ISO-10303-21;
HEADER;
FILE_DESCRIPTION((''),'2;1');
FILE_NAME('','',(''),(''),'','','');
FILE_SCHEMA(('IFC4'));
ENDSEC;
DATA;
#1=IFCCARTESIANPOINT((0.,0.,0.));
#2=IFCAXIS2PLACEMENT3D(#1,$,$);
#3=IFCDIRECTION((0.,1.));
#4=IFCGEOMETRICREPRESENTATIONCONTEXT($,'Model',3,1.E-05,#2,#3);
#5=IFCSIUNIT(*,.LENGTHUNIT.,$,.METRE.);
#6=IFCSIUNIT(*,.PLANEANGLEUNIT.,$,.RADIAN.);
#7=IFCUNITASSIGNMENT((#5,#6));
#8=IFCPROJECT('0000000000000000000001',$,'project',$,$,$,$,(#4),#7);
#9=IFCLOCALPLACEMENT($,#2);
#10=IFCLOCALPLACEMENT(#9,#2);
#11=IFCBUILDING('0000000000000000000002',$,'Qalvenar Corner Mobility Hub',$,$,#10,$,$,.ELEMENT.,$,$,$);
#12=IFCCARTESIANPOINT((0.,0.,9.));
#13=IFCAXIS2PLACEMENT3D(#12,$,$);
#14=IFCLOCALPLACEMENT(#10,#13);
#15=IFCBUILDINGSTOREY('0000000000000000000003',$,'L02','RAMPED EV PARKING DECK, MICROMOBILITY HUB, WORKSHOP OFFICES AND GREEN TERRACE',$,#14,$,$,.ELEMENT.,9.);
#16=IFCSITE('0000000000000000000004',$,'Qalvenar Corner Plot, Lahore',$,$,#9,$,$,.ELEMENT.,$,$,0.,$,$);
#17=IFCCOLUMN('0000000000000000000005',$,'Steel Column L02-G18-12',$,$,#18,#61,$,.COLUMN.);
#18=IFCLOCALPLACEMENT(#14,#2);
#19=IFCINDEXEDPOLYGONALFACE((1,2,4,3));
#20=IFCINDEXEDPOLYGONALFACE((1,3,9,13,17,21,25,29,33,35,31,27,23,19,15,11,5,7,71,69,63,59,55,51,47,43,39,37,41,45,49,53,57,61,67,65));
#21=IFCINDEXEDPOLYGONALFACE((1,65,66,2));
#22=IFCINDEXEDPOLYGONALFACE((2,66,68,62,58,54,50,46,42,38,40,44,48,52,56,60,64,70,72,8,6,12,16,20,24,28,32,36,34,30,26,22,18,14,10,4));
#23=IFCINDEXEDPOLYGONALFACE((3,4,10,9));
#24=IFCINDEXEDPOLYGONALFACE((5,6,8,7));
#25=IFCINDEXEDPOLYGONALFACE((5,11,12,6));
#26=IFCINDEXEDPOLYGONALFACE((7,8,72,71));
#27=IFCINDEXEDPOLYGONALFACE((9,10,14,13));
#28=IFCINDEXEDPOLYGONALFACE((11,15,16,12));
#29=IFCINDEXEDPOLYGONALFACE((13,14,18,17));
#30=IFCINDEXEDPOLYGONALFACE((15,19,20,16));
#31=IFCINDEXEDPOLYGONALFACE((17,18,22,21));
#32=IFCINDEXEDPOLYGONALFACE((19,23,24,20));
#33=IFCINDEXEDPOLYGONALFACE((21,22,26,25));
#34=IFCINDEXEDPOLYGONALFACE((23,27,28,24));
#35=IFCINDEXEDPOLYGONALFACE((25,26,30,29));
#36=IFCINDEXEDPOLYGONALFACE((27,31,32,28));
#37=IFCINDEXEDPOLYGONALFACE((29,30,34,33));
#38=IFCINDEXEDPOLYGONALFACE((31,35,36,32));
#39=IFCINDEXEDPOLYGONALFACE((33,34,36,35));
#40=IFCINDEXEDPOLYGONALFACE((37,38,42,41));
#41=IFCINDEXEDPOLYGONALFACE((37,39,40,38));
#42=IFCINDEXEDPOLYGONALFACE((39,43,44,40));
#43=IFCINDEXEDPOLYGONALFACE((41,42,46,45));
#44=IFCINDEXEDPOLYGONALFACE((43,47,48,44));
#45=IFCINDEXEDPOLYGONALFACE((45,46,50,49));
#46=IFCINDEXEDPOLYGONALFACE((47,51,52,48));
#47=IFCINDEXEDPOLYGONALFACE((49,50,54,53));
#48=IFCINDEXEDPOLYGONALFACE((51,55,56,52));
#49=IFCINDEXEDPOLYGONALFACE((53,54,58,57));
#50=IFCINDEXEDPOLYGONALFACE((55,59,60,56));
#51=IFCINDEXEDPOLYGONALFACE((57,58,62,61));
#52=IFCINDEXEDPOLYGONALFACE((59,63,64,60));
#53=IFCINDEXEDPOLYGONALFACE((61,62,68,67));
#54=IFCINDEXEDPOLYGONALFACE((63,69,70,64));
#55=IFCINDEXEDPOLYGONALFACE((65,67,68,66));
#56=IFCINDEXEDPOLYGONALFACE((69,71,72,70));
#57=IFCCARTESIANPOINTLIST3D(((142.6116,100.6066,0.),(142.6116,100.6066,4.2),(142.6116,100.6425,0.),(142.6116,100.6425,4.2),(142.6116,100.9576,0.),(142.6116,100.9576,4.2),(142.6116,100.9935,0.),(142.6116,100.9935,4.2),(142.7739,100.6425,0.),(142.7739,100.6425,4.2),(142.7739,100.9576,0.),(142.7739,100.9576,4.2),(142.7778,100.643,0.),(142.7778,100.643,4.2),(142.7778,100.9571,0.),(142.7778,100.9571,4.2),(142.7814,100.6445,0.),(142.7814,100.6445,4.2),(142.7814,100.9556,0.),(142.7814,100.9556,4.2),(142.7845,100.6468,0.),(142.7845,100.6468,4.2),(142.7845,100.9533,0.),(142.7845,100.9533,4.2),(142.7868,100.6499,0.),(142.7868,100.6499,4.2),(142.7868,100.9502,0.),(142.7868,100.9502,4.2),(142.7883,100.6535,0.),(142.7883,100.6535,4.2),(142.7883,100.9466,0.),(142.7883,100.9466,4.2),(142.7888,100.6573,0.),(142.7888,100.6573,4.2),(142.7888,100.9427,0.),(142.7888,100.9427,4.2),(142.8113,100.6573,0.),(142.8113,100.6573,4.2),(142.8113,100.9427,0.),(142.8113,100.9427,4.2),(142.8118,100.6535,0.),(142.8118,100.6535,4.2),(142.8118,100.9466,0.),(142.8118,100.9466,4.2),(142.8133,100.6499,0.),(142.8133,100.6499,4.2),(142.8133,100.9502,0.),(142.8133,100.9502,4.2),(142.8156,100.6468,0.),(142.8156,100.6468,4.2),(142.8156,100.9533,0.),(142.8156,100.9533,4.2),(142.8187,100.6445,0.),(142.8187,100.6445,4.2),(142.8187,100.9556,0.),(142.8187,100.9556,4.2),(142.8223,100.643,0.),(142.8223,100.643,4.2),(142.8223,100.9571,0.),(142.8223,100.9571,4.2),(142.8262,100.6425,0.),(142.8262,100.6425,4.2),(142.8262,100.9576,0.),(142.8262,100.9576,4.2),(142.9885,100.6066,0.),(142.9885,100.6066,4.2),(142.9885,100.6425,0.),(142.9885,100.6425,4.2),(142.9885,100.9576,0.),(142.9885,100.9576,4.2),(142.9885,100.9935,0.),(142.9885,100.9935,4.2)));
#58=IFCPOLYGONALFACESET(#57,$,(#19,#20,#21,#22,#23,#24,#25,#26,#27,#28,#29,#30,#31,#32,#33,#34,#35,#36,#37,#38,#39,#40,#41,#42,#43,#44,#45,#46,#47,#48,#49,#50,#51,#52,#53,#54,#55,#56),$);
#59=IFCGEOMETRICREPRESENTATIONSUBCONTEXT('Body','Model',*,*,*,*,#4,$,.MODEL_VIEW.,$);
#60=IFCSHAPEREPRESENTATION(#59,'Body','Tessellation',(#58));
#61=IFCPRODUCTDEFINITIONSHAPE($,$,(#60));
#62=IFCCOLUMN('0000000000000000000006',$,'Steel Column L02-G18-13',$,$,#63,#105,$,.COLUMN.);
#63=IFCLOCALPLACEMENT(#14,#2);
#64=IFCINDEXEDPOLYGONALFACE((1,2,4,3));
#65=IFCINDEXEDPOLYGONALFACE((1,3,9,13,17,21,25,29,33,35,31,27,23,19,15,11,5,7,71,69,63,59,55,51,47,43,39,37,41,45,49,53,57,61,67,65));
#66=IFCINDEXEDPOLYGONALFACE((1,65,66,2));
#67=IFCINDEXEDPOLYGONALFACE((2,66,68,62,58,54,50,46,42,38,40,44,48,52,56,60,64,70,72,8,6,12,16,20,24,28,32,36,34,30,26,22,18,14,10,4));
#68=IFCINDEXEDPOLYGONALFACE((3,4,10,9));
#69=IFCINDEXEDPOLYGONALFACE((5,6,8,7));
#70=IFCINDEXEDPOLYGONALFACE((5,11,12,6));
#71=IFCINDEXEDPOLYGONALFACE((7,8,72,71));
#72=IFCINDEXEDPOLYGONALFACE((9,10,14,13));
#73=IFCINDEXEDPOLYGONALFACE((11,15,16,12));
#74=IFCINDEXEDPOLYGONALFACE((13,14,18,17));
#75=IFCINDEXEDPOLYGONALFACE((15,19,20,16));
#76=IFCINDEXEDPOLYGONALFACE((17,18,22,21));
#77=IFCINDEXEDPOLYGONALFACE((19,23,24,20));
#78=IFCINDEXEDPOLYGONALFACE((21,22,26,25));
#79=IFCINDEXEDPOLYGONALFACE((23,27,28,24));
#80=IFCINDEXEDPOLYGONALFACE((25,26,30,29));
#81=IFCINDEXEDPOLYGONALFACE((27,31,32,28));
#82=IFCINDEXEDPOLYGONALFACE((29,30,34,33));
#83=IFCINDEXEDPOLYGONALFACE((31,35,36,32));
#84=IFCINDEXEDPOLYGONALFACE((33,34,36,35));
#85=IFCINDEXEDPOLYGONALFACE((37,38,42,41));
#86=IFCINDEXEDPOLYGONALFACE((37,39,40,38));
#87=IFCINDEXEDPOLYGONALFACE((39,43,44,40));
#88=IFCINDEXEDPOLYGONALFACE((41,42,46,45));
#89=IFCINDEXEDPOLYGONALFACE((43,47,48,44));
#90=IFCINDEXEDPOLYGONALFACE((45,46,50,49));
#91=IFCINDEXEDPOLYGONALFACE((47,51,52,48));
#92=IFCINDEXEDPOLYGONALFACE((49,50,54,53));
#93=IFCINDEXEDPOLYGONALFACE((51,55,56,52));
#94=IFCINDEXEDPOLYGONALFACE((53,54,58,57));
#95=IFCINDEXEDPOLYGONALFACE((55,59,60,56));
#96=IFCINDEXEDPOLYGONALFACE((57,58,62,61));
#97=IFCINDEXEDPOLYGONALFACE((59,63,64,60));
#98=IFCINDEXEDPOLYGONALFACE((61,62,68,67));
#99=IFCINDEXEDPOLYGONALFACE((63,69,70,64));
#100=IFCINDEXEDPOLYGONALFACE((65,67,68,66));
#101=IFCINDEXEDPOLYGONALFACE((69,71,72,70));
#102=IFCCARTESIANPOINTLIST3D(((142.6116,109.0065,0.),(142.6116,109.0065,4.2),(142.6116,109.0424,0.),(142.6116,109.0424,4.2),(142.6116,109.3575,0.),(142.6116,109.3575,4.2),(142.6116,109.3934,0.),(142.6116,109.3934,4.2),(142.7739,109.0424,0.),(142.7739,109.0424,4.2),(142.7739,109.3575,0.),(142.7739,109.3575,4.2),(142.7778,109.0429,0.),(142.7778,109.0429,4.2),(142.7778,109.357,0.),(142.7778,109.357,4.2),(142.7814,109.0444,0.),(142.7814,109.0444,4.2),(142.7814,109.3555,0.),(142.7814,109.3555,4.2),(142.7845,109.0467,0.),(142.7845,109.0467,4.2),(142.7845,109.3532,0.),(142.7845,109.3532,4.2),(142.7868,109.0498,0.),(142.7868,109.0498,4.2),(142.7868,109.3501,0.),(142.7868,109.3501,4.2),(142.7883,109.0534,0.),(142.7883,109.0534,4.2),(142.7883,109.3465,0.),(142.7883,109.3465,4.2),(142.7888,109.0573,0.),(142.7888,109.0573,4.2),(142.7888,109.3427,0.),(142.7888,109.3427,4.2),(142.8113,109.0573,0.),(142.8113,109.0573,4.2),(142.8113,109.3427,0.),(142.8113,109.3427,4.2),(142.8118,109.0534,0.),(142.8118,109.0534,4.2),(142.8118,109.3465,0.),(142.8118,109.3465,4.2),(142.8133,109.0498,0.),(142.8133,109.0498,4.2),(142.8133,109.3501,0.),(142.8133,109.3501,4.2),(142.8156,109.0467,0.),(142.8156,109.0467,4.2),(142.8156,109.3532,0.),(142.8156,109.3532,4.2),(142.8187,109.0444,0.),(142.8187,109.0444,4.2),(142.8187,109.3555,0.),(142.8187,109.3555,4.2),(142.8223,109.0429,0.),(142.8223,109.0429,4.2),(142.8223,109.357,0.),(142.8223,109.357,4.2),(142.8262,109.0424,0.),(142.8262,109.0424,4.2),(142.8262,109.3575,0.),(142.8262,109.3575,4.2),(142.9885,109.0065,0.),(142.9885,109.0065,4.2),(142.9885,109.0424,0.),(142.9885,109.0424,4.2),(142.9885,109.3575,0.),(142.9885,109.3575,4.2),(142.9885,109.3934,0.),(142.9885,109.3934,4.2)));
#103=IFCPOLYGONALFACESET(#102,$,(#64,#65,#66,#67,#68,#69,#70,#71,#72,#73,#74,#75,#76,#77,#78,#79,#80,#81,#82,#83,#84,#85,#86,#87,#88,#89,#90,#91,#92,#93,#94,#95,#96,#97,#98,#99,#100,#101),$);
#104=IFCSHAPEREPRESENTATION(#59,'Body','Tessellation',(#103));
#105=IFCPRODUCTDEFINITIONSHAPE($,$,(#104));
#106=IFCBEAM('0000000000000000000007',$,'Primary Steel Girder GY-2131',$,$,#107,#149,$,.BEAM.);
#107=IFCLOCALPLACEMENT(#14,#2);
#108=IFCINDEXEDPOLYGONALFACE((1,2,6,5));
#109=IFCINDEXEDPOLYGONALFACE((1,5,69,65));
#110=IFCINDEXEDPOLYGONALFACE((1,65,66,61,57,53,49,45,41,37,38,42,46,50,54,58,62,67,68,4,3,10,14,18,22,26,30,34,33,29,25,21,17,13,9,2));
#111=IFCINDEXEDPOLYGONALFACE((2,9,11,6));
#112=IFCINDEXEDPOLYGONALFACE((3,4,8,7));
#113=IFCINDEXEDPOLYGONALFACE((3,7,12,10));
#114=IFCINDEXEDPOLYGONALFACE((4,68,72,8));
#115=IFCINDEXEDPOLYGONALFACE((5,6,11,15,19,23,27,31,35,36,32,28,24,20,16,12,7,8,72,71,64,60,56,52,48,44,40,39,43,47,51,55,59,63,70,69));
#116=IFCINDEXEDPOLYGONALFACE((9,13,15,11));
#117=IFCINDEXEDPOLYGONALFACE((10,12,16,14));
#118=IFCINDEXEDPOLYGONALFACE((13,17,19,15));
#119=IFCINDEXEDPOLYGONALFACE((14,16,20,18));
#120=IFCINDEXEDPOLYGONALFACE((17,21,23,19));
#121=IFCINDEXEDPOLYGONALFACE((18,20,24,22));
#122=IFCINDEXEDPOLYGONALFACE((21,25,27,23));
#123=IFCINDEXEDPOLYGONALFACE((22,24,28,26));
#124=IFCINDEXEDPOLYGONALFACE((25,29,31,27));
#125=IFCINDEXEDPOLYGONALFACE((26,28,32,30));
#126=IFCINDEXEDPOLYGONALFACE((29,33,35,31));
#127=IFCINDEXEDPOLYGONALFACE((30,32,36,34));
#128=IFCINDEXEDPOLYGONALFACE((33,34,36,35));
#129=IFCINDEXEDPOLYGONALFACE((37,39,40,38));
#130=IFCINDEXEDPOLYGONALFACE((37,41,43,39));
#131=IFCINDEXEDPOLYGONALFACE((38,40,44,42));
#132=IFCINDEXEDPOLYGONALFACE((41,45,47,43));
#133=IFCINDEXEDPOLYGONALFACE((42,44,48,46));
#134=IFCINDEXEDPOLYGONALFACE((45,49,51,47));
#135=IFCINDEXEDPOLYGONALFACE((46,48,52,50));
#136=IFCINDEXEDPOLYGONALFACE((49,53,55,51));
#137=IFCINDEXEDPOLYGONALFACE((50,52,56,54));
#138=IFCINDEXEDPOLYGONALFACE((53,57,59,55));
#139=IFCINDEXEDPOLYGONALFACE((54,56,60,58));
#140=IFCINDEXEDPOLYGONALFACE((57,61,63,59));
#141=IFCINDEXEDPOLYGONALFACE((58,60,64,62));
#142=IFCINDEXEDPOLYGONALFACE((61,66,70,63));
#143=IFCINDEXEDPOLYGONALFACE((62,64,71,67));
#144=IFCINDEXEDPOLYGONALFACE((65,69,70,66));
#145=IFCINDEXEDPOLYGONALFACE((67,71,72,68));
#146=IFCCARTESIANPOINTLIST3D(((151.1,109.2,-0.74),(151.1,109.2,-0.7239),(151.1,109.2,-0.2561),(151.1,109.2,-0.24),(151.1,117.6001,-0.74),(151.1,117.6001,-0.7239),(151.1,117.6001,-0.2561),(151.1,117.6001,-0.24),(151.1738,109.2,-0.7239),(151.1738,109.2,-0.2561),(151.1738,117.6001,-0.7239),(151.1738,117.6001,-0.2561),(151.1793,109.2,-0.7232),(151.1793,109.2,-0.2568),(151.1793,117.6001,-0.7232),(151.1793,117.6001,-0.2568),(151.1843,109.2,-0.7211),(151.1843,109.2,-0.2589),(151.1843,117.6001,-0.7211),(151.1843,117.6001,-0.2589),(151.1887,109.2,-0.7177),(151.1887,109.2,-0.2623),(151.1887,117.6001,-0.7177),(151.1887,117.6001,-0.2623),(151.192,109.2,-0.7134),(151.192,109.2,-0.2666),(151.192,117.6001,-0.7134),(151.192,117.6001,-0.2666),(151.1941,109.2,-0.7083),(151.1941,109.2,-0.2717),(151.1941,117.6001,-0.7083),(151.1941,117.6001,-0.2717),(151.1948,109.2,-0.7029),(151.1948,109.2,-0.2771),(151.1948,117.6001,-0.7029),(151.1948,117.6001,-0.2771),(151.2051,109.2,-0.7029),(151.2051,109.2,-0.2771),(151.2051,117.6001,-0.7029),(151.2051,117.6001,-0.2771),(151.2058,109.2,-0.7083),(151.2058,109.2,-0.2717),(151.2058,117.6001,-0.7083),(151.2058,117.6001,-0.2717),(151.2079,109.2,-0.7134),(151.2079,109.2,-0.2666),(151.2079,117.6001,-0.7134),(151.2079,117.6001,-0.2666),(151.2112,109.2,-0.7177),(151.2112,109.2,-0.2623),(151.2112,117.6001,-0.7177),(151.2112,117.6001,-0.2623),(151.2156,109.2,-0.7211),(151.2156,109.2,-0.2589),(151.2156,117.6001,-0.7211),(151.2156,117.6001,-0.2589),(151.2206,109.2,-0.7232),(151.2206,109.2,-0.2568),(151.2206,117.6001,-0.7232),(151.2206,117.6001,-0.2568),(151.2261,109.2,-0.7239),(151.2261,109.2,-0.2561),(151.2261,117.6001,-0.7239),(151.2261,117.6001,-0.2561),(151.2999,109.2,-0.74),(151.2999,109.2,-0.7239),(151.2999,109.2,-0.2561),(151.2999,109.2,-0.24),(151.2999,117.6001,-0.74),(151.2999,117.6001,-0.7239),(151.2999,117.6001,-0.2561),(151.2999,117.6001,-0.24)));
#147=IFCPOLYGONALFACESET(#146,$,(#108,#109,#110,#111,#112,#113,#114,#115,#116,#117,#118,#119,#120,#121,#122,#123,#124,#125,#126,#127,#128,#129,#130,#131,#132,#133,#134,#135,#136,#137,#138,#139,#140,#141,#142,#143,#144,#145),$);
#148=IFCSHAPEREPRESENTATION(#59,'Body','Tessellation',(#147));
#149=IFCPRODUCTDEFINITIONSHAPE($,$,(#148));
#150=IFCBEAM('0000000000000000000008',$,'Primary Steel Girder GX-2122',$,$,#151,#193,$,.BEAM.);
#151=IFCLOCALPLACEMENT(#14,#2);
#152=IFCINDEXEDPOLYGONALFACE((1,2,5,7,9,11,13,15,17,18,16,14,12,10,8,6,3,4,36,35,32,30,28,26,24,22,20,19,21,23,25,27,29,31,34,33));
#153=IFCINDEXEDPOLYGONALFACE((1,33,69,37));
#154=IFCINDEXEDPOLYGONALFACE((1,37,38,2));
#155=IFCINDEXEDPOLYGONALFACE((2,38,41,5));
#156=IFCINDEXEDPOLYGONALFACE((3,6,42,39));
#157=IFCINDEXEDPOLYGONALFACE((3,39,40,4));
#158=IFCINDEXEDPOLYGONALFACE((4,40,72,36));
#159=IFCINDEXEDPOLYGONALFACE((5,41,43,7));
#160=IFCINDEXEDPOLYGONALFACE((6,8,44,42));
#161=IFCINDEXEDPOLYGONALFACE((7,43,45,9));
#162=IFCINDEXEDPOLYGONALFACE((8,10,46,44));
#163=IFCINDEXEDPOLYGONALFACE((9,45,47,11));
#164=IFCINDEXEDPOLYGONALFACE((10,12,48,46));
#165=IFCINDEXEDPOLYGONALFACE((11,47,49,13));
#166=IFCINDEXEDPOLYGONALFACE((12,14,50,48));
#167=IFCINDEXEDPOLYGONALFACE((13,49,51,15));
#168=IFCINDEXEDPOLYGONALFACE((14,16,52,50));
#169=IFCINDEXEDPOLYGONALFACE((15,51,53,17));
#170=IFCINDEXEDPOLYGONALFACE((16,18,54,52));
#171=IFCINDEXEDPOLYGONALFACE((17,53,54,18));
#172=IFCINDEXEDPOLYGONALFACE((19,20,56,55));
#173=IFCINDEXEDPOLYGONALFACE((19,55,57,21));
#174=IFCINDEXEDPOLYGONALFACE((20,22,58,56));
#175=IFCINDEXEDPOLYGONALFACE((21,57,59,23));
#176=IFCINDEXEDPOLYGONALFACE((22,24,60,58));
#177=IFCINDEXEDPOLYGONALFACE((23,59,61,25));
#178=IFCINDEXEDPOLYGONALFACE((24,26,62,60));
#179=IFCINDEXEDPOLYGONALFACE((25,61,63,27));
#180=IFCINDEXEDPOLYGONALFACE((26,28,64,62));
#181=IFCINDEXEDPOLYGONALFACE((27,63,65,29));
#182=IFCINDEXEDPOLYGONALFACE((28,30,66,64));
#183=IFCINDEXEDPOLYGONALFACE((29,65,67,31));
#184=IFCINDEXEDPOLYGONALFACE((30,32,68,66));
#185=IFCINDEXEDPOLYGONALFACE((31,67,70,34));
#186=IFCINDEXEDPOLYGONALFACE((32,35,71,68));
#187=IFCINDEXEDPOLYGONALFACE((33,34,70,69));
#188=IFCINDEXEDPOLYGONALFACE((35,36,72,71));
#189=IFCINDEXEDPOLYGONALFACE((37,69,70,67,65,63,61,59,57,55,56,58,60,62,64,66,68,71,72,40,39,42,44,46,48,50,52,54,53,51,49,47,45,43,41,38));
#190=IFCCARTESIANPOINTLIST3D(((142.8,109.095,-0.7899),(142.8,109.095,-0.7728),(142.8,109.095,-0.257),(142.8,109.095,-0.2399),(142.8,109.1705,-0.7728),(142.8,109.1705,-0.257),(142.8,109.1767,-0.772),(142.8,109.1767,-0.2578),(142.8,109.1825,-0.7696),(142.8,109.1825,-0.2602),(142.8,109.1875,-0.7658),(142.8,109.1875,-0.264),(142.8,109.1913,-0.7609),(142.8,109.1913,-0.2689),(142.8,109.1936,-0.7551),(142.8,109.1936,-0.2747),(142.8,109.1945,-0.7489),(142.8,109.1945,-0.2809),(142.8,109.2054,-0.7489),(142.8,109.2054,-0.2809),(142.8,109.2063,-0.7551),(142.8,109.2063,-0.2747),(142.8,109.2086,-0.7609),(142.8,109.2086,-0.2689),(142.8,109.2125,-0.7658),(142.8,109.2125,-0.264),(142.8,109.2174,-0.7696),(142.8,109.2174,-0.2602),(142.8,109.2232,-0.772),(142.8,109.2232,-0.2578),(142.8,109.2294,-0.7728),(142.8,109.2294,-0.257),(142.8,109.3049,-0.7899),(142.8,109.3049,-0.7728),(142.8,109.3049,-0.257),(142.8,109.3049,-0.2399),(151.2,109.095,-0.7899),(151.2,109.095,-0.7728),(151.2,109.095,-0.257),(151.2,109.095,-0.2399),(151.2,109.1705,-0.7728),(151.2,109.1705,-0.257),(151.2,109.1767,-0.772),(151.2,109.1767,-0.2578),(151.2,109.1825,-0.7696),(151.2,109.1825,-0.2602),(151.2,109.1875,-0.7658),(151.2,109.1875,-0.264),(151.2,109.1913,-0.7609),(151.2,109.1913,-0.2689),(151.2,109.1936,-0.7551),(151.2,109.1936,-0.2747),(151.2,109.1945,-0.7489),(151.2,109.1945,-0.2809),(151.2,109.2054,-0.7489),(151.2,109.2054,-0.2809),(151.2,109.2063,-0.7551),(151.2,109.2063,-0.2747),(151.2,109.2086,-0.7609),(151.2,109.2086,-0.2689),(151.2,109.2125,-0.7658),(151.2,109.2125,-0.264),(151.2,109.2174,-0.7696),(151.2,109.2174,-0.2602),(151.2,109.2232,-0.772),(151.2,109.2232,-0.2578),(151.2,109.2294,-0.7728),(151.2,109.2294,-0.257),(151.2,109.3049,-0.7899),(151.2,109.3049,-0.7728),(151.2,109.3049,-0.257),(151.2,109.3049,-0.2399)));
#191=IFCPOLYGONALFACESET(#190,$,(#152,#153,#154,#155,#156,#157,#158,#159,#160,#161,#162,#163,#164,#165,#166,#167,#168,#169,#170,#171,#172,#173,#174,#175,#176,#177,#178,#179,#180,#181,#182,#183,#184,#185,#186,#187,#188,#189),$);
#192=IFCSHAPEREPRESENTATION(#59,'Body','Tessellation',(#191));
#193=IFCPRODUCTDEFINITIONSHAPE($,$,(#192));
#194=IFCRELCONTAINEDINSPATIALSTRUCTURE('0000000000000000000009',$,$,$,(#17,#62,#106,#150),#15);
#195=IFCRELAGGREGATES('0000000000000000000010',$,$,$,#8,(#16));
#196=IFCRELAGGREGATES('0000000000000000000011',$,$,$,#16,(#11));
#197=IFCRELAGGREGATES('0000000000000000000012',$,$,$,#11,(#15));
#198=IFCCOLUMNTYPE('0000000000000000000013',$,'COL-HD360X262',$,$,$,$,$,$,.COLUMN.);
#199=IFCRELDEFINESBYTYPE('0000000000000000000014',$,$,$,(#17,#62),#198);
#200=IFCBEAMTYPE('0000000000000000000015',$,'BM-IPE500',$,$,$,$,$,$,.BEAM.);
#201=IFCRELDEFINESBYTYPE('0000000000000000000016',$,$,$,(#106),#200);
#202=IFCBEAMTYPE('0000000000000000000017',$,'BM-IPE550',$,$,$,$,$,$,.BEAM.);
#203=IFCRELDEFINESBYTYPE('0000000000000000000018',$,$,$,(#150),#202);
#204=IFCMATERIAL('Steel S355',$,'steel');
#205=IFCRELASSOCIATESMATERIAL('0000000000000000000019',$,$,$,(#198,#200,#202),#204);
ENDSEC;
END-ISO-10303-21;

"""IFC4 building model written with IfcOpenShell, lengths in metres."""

from ifc_helpers import new_model, si_unit, direction, frame, origin, origin_2d, place, context, subcontext, project, spatial, i_section, extrude, material, material_profile, profile_set, type_object, element, save


model = new_model("IFC4")

# Units and contexts
model_context = context("Model", 3, precision=1e-05, world=origin(), true_north=direction((0.0, 1.0)))
body_context = subcontext(model_context, "Body", "Model", "MODEL_VIEW")
ifc_project = project(units=[si_unit("LENGTHUNIT", "METRE"), si_unit("PLANEANGLEUNIT", "RADIAN")], contexts=[model_context])

# Site, building, storey
site_placement = place(None, origin())
site = spatial("IfcSite", under=ifc_project, at=site_placement, Name="Qalvenar Corner Plot, Lahore", CompositionType="ELEMENT", RefElevation=0.0)
building_placement = place(site_placement, origin())
building = spatial("IfcBuilding", under=site, at=building_placement, Name="Qalvenar Corner Mobility Hub", CompositionType="ELEMENT")
storey_placement = place(building_placement, frame((0.0, 0.0, 9.0)))
storey = spatial("IfcBuildingStorey", under=building, at=storey_placement, Name="L02", Description="RAMPED EV PARKING DECK, MICROMOBILITY HUB, WORKSHOP OFFICES AND GREEN TERRACE", CompositionType="ELEMENT", Elevation=9.0)

# Columns
ifc_material_1 = material(Name="Steel S355", Category="steel")
ifc_material_profile_1 = material_profile(ifc_material_1, i_section(OverallWidth=0.377, OverallDepth=0.387, WebThickness=0.0225, FlangeThickness=0.0359, FilletRadius=0.0149, at=origin_2d()), Name="HD360x262")
ifc_profile_set_1 = profile_set([ifc_material_profile_1], Name="Steel S355")
column_type_1 = type_object("IfcColumnType", Name="COL-HD360X262", PredefinedType="COLUMN", material=ifc_profile_set_1)
for number, where, z_axis, x_axis, name in (
    (1, (142.8, 100.8, 0.0), (0.0, 0.0, 1.0), (1.0, 0.0, 0.0), "Steel Column L02-G18-12"),
    (2, (142.8, 109.2, 0.0), (0.0, 0.0, 1.0), (1.0, 0.0, 0.0), "Steel Column L02-G18-13"),
):
    element("IfcColumn", number, at=place(storey_placement, frame(where, z_axis=z_axis, x_axis=x_axis)), inside=storey, type_object=column_type_1, Name=name, PredefinedType="COLUMN", context=body_context, shape_type="SweptSolid", body=[
        extrude(i_section(OverallWidth=0.377, OverallDepth=0.387, WebThickness=0.0225, FlangeThickness=0.0359, FilletRadius=0.0149, at=origin_2d()), origin(), (0.0, 0.0, 1.0), 4.2),
    ])

# Beams
ifc_material_profile_2 = material_profile(ifc_material_1, i_section(OverallWidth=0.2, OverallDepth=0.5, WebThickness=0.0103, FlangeThickness=0.0161, FilletRadius=0.021, at=origin_2d()), Name="IPE500")
ifc_profile_set_2 = profile_set([ifc_material_profile_2], Name="Steel S355")
beam_type_1 = type_object("IfcBeamType", Name="BM-IPE500", PredefinedType="BEAM", material=ifc_profile_set_2)
beam_1_placement = place(storey_placement, frame((151.2, 109.2, -0.49), z_axis=(0.0, 1.0, 0.0), x_axis=(-1.0, 0.0, 0.0)))
element("IfcBeam", 3, at=beam_1_placement, inside=storey, type_object=beam_type_1, Name="Primary Steel Girder GY-2131", PredefinedType="BEAM", context=body_context, shape_type="SweptSolid", body=[
    extrude(i_section(OverallWidth=0.2, OverallDepth=0.5, WebThickness=0.0103, FlangeThickness=0.0161, FilletRadius=0.021, at=origin_2d()), origin(), (0.0, 0.0, 1.0), 8.4001),
])
ifc_material_profile_3 = material_profile(ifc_material_1, i_section(OverallWidth=0.21, OverallDepth=0.55, WebThickness=0.011, FlangeThickness=0.0171, FilletRadius=0.0239, at=origin_2d()), Name="IPE550")
ifc_profile_set_3 = profile_set([ifc_material_profile_3], Name="Steel S355")
beam_type_2 = type_object("IfcBeamType", Name="BM-IPE550", PredefinedType="BEAM", material=ifc_profile_set_3)
beam_2_placement = place(storey_placement, frame((142.8, 109.2, -0.5149), z_axis=(1.0, 0.0, 0.0), x_axis=(0.0, 1.0, 0.0)))
element("IfcBeam", 4, at=beam_2_placement, inside=storey, type_object=beam_type_2, Name="Primary Steel Girder GX-2122", PredefinedType="BEAM", context=body_context, shape_type="SweptSolid", body=[
    extrude(i_section(OverallWidth=0.21, OverallDepth=0.55, WebThickness=0.011, FlangeThickness=0.0171, FilletRadius=0.0239, at=origin_2d()), origin(), (0.0, 0.0, 1.0), 8.3999),
])

save(model, "model.ifc")
